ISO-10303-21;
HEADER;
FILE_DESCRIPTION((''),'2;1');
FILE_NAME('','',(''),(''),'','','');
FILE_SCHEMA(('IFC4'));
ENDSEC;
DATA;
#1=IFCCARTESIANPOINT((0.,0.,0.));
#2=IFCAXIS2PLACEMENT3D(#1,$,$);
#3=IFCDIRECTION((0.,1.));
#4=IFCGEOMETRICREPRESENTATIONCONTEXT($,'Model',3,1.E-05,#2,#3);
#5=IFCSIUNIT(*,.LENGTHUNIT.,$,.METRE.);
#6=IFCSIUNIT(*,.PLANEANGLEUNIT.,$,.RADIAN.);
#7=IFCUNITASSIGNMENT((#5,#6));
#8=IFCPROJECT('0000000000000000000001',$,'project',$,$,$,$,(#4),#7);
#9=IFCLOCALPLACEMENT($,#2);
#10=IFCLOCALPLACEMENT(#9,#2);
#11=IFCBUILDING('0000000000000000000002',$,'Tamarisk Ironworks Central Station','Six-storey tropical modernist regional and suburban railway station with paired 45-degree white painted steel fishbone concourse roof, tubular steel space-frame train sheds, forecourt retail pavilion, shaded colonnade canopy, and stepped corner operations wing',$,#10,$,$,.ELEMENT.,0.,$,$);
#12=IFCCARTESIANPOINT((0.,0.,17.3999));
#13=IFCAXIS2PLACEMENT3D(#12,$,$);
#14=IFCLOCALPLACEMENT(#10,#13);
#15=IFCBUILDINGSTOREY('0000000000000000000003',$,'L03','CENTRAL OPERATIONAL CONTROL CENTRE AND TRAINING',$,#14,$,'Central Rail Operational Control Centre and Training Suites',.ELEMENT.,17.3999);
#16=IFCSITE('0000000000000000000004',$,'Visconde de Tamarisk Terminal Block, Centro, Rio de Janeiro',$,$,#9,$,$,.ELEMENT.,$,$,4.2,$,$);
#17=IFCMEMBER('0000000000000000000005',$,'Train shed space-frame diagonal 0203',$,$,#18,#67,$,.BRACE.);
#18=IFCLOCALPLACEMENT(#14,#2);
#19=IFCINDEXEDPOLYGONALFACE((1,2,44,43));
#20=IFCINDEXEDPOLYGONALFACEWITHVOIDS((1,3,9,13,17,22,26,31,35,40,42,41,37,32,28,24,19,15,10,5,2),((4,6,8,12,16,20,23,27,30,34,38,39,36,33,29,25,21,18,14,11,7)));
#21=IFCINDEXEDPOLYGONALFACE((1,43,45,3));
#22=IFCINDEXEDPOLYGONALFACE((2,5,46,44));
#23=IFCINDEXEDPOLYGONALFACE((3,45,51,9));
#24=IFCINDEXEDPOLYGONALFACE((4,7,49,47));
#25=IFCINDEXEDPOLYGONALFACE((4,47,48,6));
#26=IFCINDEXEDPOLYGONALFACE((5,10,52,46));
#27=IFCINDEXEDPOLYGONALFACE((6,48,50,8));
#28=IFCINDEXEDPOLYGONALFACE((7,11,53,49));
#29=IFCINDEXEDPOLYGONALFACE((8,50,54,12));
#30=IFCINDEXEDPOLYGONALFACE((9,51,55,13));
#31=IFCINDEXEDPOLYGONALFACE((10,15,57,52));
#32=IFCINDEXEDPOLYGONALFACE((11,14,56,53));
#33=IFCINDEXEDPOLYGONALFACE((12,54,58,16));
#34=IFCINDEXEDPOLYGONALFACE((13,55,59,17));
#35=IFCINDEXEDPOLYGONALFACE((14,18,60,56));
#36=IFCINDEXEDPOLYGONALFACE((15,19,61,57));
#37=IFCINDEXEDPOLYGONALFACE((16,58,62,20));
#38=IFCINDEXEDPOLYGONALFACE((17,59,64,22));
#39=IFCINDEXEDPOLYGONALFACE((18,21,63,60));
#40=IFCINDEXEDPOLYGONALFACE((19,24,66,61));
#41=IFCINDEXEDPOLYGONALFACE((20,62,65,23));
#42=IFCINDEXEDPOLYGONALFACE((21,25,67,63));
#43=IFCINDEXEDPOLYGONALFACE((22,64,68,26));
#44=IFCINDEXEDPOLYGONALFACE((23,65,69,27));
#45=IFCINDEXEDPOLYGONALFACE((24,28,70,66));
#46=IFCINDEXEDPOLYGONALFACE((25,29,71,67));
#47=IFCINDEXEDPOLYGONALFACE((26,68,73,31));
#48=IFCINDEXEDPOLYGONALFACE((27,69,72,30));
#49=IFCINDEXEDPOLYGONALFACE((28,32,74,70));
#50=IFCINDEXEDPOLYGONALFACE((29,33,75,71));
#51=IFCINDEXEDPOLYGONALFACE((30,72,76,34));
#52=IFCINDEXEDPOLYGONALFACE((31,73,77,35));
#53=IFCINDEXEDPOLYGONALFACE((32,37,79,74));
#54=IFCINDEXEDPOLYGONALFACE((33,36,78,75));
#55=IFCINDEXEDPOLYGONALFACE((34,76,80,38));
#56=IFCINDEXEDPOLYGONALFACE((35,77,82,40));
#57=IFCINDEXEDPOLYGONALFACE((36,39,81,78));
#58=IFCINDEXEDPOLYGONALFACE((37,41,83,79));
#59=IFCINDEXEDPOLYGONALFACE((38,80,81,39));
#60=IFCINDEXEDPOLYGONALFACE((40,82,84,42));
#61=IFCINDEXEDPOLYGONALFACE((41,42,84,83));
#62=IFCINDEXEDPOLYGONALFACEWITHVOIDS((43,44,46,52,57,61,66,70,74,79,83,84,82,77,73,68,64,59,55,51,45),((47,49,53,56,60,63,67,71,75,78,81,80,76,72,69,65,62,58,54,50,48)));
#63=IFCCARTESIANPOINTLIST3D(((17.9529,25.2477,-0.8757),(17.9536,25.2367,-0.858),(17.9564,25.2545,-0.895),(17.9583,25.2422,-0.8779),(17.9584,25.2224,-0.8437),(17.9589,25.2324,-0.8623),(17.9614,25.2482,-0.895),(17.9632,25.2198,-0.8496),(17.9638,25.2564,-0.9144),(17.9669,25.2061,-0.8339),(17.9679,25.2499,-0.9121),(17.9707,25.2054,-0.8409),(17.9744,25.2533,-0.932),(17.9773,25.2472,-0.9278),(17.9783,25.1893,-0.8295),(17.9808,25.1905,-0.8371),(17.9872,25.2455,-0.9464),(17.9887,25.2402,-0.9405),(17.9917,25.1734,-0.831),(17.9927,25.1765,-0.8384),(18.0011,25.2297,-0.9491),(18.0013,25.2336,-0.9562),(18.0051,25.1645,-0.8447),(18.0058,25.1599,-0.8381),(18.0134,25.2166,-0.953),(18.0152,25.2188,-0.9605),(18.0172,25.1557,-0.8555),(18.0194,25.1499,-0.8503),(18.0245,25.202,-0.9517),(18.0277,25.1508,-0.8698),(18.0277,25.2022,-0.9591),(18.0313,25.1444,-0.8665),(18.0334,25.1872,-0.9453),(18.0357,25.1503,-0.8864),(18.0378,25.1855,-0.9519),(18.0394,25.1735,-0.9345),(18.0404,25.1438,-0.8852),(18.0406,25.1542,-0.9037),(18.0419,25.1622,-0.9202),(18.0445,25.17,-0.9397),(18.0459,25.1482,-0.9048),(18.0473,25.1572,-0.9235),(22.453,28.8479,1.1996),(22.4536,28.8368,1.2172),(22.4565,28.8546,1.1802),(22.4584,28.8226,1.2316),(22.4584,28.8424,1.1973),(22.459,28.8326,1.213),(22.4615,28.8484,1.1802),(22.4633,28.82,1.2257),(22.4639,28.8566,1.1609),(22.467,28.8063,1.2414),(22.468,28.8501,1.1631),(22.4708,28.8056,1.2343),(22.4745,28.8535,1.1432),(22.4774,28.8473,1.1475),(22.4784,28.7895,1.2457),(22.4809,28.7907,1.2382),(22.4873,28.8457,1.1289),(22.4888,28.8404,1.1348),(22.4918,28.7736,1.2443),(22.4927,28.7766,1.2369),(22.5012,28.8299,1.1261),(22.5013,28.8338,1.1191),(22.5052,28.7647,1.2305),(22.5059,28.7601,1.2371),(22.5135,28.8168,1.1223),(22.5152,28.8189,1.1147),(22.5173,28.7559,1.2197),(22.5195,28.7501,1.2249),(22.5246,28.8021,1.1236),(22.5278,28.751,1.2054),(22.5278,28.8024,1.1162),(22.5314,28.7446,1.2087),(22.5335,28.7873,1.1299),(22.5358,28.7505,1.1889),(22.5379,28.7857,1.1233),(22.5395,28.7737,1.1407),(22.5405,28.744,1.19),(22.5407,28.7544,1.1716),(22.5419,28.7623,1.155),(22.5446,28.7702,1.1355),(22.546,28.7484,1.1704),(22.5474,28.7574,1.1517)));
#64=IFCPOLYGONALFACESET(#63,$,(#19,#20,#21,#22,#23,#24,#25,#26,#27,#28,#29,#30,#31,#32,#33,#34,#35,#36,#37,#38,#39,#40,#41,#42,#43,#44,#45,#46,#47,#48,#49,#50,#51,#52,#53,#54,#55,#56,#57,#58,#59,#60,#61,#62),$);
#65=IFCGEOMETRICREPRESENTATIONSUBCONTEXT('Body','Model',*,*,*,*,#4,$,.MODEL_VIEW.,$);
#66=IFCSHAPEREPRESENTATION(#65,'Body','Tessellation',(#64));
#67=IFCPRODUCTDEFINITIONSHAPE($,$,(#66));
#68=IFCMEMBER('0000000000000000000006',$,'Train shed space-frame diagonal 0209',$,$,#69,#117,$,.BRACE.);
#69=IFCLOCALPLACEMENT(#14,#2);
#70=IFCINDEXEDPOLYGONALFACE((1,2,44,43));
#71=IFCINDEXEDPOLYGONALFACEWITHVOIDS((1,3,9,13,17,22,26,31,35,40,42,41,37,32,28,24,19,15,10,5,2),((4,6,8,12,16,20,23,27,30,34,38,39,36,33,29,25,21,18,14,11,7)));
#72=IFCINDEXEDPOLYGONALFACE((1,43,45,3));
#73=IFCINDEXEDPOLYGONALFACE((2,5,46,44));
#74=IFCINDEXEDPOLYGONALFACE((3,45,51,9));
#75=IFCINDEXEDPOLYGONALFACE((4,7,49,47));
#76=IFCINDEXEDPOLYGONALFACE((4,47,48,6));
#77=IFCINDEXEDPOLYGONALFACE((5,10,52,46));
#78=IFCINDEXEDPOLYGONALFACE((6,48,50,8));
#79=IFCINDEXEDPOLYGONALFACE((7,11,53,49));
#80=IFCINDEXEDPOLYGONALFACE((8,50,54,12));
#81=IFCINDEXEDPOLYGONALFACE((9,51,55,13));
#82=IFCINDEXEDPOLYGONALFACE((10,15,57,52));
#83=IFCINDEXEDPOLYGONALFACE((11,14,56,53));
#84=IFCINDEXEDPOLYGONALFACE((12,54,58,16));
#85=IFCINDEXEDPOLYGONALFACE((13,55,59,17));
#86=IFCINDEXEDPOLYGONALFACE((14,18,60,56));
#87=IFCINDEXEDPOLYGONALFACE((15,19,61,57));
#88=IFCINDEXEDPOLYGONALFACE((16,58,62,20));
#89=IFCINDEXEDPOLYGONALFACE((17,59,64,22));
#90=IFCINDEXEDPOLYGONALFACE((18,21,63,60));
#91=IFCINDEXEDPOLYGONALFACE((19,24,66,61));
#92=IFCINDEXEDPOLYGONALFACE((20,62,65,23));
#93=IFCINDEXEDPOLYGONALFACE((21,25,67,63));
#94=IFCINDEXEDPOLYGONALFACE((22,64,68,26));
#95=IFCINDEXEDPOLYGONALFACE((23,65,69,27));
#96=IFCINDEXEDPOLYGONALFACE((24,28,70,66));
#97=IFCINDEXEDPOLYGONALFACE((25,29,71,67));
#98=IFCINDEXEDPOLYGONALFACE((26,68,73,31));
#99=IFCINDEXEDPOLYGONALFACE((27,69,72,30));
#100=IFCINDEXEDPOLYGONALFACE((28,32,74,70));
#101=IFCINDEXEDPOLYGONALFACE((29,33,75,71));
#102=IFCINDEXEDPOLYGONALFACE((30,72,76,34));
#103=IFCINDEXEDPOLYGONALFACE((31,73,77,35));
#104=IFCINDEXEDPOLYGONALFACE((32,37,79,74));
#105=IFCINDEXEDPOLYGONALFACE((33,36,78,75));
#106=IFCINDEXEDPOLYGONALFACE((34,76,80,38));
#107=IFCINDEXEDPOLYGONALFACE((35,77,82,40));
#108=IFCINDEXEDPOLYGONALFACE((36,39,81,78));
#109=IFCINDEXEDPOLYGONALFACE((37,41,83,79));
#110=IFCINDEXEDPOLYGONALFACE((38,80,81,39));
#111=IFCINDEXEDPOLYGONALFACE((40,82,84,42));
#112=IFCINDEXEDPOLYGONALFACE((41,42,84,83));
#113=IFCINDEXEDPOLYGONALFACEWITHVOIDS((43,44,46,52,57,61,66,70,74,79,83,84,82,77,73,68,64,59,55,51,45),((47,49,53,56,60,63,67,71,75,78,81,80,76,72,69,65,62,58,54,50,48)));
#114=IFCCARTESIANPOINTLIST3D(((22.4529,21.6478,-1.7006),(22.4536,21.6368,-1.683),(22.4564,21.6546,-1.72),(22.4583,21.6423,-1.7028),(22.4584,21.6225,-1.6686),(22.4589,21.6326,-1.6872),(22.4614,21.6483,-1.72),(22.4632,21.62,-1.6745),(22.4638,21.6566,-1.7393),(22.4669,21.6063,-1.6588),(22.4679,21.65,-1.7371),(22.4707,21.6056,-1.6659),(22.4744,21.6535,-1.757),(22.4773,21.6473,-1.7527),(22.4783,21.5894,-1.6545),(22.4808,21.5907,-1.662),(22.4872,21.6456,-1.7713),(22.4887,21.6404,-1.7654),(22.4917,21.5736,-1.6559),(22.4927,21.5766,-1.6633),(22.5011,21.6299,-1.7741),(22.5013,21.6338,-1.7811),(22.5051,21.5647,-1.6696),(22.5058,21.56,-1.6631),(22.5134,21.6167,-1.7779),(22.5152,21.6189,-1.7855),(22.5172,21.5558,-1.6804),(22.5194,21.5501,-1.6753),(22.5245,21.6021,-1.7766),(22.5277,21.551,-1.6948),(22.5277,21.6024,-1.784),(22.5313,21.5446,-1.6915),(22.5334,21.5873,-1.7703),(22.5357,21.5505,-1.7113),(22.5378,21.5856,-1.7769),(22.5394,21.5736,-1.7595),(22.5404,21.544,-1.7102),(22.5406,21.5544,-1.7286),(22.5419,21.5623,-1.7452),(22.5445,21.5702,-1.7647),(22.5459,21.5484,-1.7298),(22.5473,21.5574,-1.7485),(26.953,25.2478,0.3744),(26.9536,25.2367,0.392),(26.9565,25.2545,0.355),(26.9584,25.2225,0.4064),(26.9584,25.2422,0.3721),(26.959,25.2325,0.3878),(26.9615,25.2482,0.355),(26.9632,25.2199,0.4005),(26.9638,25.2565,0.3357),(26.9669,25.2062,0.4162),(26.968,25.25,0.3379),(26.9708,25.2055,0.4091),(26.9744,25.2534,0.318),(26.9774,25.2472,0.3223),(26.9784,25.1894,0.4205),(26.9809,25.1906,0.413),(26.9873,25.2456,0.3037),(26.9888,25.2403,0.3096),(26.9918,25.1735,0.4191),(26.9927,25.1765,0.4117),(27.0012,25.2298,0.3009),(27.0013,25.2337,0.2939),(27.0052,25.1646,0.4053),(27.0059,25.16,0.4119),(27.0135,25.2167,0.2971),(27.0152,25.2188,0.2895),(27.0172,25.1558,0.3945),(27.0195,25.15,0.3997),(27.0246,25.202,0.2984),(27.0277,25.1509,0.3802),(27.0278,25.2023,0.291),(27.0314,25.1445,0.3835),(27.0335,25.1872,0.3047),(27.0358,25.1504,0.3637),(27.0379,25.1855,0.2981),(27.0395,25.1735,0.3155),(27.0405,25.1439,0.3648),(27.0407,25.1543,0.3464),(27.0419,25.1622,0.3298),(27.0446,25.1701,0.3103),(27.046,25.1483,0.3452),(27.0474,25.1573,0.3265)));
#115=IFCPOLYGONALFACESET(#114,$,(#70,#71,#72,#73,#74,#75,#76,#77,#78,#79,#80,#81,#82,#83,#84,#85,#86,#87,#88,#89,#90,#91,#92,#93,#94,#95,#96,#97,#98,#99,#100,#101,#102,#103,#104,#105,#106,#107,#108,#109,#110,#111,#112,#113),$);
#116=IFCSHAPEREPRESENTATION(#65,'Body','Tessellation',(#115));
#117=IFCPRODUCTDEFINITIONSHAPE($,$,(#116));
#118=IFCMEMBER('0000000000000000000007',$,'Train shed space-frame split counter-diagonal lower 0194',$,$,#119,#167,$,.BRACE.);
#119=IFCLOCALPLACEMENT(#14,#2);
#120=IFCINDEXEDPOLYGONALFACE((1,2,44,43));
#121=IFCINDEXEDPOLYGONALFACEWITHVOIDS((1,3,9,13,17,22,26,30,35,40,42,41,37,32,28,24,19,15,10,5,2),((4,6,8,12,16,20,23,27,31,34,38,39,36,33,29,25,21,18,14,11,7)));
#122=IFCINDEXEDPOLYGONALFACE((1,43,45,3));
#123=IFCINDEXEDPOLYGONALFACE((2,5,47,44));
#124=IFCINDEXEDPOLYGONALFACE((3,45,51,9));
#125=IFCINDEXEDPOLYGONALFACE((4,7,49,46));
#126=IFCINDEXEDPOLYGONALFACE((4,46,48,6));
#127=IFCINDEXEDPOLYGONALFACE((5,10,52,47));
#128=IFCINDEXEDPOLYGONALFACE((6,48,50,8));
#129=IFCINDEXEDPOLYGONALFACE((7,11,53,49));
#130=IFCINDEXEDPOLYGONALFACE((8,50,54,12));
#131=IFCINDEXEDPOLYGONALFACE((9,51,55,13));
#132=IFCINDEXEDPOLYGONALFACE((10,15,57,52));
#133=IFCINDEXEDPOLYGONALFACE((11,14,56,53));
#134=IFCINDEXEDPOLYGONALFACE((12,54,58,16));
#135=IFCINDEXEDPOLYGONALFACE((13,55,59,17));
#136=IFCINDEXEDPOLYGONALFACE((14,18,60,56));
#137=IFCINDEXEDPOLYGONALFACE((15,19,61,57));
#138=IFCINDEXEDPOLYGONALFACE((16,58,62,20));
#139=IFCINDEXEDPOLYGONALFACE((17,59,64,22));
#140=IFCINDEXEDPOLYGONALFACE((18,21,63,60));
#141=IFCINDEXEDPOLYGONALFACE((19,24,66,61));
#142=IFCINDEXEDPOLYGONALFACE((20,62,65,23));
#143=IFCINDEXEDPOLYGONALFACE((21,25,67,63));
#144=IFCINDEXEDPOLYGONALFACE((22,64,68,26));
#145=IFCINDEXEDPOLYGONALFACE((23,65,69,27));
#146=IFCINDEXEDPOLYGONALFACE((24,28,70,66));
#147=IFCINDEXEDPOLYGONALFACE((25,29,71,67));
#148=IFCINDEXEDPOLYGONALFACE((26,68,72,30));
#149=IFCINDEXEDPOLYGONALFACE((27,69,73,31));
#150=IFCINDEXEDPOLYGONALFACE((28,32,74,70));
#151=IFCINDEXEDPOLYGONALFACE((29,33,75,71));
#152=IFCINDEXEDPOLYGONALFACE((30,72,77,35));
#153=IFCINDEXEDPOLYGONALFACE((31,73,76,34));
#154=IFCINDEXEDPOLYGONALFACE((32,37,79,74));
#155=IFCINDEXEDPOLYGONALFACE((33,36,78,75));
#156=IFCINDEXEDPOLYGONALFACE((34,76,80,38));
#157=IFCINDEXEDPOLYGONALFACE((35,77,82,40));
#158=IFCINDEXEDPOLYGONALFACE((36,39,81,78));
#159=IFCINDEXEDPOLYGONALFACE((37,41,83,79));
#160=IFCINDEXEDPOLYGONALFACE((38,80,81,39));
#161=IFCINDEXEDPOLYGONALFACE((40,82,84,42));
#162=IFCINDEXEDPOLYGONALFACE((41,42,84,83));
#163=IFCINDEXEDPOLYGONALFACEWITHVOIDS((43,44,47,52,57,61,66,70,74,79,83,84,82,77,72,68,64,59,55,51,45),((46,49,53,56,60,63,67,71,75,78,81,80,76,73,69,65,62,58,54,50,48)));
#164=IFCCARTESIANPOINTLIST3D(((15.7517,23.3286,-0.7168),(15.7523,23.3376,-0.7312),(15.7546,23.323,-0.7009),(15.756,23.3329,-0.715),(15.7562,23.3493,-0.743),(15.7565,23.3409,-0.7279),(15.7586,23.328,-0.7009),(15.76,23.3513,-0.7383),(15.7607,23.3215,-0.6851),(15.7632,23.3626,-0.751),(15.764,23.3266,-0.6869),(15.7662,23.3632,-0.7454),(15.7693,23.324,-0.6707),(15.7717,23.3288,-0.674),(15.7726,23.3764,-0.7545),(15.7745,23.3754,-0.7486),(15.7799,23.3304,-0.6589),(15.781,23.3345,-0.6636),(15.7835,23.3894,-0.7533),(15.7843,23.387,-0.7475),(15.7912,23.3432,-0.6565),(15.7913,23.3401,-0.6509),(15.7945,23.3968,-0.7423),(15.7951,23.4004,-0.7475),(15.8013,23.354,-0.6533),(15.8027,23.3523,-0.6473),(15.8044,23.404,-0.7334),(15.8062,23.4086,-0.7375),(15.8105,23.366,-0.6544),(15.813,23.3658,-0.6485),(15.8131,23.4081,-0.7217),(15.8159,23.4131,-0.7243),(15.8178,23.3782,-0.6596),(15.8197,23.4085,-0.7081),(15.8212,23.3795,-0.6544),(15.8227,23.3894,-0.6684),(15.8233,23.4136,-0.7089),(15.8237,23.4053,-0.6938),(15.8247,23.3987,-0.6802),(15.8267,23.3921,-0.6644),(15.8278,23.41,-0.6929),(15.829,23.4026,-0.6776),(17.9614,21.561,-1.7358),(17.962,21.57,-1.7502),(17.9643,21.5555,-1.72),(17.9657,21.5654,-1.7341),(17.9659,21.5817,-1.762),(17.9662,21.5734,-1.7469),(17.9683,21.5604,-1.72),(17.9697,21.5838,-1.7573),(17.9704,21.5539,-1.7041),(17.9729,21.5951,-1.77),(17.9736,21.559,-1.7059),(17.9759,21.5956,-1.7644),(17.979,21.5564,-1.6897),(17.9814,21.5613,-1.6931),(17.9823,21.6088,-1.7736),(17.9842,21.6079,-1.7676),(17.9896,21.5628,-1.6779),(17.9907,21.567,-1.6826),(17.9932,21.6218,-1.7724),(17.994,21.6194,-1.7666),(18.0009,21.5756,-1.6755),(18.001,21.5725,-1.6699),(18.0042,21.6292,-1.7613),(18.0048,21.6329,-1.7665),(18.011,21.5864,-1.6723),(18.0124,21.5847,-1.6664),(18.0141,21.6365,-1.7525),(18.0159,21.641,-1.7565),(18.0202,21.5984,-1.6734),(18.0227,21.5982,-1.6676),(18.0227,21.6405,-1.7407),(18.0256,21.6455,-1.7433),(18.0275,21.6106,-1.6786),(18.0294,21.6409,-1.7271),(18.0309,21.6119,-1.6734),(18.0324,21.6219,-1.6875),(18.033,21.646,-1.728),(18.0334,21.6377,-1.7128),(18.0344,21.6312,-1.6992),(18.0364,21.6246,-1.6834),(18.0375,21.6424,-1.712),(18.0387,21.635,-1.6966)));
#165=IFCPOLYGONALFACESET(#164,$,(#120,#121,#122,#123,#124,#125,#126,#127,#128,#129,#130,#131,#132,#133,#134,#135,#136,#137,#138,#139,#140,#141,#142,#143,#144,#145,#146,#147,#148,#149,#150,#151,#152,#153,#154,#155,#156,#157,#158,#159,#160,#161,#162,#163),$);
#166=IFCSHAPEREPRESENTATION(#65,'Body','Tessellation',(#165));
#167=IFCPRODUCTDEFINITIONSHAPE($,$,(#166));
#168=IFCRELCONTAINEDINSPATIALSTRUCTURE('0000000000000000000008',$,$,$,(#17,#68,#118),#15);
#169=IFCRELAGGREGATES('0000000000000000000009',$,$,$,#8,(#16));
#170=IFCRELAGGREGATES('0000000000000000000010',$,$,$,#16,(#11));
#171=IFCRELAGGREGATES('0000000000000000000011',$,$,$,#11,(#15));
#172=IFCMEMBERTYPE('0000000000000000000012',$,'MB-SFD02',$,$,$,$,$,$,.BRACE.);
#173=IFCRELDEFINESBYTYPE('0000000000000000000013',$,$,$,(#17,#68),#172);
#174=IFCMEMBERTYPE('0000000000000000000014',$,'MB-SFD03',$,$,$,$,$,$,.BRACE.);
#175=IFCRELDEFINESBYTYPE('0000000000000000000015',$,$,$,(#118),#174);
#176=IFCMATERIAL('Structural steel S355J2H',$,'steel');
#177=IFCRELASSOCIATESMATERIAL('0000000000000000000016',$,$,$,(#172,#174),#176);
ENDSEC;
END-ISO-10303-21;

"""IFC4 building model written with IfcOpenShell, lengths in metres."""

from ifc_helpers import new_model, si_unit, direction, frame, origin, origin_2d, place, context, subcontext, project, spatial, hollow_circle, extrude, material, material_profile, profile_set, type_object, element, save


model = new_model("IFC4")

# Units and contexts
model_context = context("Model", 3, precision=1e-05, world=origin(), true_north=direction((0.0, 1.0)))
body_context = subcontext(model_context, "Body", "Model", "MODEL_VIEW")
ifc_project = project(units=[si_unit("LENGTHUNIT", "METRE"), si_unit("PLANEANGLEUNIT", "RADIAN")], contexts=[model_context])

# Site, building, storey
site_placement = place(None, origin())
site = spatial("IfcSite", under=ifc_project, at=site_placement, Name="Visconde de Tamarisk Terminal Block, Centro, Rio de Janeiro", CompositionType="ELEMENT", RefElevation=4.2)
building_placement = place(site_placement, origin())
building = spatial("IfcBuilding", under=site, at=building_placement, Name="Tamarisk Ironworks Central Station", Description="Six-storey tropical modernist regional and suburban railway station with paired 45-degree white painted steel fishbone concourse roof, tubular steel space-frame train sheds, forecourt retail pavilion, shaded colonnade canopy, and stepped corner operations wing", CompositionType="ELEMENT", ElevationOfRefHeight=0.0)
storey_placement = place(building_placement, frame((0.0, 0.0, 17.3999)))
storey = spatial("IfcBuildingStorey", under=building, at=storey_placement, Name="L03", Description="CENTRAL OPERATIONAL CONTROL CENTRE AND TRAINING", LongName="Central Rail Operational Control Centre and Training Suites", CompositionType="ELEMENT", Elevation=17.3999)

# Members
ifc_material_1 = material(Name="Structural steel S355J2H", Category="steel")
ifc_material_profile_1 = material_profile(ifc_material_1, hollow_circle(Radius=0.0698, WallThickness=0.0081, at=origin_2d()), Name="CHS 139.7x8")
ifc_profile_set_1 = profile_set([ifc_material_profile_1], Name="Structural steel S355J2H")
member_type_1 = type_object("IfcMemberType", Name="MB-SFD02", PredefinedType="BRACE", material=ifc_profile_set_1)
member_1_placement = place(storey_placement, frame((18.0, 25.2, -0.895), z_axis=(0.734679, 0.587759, 0.338801), x_axis=(-0.624705, 0.780861, 0.0)))
element("IfcMember", 1, at=member_1_placement, inside=storey, type_object=member_type_1, Name="Train shed space-frame diagonal 0203", PredefinedType="BRACE", context=body_context, shape_type="SweptSolid", body=[
    extrude(hollow_circle(Radius=0.0698, WallThickness=0.0081, at=origin_2d()), origin(), (0.0, 0.0, 1.0), 6.1252),
])
member_2_placement = place(storey_placement, frame((22.5, 21.6001, -1.72), z_axis=(0.734706, 0.587741, 0.338773), x_axis=(-0.62468, 0.780881, 0.0)))
element("IfcMember", 2, at=member_2_placement, inside=storey, type_object=member_type_1, Name="Train shed space-frame diagonal 0209", PredefinedType="BRACE", context=body_context, shape_type="SweptSolid", body=[
    extrude(hollow_circle(Radius=0.0698, WallThickness=0.0081, at=origin_2d()), origin(), (0.0, 0.0, 1.0), 6.125),
])
ifc_material_profile_2 = material_profile(ifc_material_1, hollow_circle(Radius=0.0571, WallThickness=0.0063, at=origin_2d()), Name="CHS 114.3x6.3")
ifc_profile_set_2 = profile_set([ifc_material_profile_2], Name="Structural steel S355J2H")
member_type_2 = type_object("IfcMemberType", Name="MB-SFD03", PredefinedType="BRACE", material=ifc_profile_set_2)
member_3_placement = place(storey_placement, frame((18.0, 21.6001, -1.72), z_axis=(-0.734712, 0.587705, 0.338823), x_axis=(-0.624653, -0.780902, 0.0)))
element("IfcMember", 3, at=member_3_placement, inside=storey, type_object=member_type_2, Name="Train shed space-frame split counter-diagonal lower 0194", PredefinedType="BRACE", context=body_context, shape_type="SweptSolid", body=[
    extrude(hollow_circle(Radius=0.0571, WallThickness=0.0063, at=origin_2d()), origin(), (0.0, 0.0, 1.0), 3.0076),
])

save(model, "model.ifc")
